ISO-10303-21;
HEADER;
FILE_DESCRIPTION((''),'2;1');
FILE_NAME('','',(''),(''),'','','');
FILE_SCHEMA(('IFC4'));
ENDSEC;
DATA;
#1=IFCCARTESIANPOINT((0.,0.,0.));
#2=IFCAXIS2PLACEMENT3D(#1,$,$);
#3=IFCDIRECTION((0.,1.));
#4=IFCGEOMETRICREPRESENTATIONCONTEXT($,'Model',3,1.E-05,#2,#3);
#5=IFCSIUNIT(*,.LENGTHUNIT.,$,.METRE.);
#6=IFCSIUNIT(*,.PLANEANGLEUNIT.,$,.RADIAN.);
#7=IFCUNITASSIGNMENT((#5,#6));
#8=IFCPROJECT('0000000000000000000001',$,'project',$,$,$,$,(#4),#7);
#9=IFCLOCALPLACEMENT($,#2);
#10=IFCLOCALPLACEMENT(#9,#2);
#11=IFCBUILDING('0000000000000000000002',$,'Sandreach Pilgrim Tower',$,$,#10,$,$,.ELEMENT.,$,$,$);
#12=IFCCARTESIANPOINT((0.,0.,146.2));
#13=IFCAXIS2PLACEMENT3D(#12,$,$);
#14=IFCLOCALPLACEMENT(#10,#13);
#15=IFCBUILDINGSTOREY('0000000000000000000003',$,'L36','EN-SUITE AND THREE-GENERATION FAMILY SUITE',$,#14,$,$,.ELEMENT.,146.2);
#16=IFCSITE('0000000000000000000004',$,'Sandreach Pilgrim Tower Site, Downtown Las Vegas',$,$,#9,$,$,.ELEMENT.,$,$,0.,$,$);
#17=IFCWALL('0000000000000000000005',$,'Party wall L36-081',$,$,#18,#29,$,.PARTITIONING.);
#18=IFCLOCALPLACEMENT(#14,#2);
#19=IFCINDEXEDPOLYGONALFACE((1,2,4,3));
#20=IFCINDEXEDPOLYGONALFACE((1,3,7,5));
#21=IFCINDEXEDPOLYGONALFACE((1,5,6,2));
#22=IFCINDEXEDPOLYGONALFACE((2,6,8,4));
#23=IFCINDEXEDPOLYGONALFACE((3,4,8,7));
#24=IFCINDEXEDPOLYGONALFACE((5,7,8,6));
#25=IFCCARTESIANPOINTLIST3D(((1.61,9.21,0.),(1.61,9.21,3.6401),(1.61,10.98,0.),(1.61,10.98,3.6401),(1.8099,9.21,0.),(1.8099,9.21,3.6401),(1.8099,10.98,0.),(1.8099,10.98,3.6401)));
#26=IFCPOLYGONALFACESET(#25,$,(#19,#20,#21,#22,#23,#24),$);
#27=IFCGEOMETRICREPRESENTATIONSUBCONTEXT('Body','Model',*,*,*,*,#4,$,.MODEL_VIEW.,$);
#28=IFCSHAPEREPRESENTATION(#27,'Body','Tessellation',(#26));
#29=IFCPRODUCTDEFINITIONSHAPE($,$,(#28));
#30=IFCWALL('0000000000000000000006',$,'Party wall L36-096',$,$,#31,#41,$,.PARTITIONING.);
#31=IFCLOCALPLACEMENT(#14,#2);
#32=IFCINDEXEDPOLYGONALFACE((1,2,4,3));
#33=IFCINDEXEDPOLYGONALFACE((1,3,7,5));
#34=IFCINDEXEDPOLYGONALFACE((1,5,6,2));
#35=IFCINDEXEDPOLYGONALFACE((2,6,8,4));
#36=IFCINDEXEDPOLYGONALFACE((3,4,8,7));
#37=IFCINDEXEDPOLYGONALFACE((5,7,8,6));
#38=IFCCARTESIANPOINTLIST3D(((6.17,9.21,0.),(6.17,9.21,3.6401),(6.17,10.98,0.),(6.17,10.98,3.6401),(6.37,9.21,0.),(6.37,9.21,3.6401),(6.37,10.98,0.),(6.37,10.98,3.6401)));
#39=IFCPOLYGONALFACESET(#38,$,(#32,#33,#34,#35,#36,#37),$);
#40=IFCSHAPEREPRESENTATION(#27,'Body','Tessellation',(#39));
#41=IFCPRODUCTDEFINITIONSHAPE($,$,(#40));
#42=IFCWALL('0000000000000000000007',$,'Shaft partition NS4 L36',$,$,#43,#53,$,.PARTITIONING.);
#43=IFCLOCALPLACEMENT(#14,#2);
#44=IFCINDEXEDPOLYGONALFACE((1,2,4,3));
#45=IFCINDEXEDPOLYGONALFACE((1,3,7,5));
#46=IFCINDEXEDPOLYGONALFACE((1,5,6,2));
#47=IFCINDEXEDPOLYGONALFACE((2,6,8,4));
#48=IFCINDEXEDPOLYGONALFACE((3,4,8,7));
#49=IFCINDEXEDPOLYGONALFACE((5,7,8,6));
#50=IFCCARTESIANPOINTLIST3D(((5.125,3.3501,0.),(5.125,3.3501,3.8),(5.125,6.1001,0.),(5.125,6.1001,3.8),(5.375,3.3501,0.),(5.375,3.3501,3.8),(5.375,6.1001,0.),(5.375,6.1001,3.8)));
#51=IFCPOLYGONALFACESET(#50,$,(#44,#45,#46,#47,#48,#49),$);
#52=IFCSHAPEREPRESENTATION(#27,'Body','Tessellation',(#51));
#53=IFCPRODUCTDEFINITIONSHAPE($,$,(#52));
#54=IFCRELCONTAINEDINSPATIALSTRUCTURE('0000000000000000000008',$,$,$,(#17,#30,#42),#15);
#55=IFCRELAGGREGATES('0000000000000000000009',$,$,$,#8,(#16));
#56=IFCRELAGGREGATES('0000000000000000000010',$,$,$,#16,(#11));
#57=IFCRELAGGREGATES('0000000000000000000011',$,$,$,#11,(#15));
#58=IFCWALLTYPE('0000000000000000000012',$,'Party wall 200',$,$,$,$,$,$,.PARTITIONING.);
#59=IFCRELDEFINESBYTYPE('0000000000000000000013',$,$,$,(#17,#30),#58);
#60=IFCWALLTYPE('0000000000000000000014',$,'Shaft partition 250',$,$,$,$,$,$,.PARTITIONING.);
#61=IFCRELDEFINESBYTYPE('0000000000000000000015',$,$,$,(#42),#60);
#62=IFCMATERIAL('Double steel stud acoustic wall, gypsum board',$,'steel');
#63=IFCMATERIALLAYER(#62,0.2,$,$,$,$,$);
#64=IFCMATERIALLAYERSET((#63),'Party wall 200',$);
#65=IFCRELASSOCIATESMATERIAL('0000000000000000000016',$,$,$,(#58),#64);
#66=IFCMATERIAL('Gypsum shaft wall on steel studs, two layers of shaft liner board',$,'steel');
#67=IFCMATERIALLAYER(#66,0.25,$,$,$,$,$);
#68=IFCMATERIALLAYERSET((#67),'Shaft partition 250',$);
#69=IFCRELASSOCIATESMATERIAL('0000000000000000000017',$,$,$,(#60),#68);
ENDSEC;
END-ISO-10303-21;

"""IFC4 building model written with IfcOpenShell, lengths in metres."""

from ifc_helpers import new_model, si_unit, direction, frame, frame_2d, origin, place, context, subcontext, project, spatial, rectangle, extrude, material, layer, layer_set, type_object, element, save


model = new_model("IFC4")

# Units and contexts
model_context = context("Model", 3, precision=1e-05, world=origin(), true_north=direction((0.0, 1.0)))
body_context = subcontext(model_context, "Body", "Model", "MODEL_VIEW")
ifc_project = project(units=[si_unit("LENGTHUNIT", "METRE"), si_unit("PLANEANGLEUNIT", "RADIAN")], contexts=[model_context])

# Site, building, storey
site_placement = place(None, origin())
site = spatial("IfcSite", under=ifc_project, at=site_placement, Name="Sandreach Pilgrim Tower Site, Downtown Las Vegas", CompositionType="ELEMENT", RefElevation=0.0)
building_placement = place(site_placement, origin())
building = spatial("IfcBuilding", under=site, at=building_placement, Name="Sandreach Pilgrim Tower", CompositionType="ELEMENT")
storey_placement = place(building_placement, frame((0.0, 0.0, 146.2)))
storey = spatial("IfcBuildingStorey", under=building, at=storey_placement, Name="L36", Description="EN-SUITE AND THREE-GENERATION FAMILY SUITE", CompositionType="ELEMENT", Elevation=146.2)

# Walls
ifc_material_1 = material(Name="Double steel stud acoustic wall, gypsum board", Category="steel")
ifc_layer_1 = layer(ifc_material_1, 0.2)
ifc_layer_set_1 = layer_set([ifc_layer_1], Name="Party wall 200")
wall_type_1 = type_object("IfcWallType", Name="Party wall 200", PredefinedType="PARTITIONING", material=ifc_layer_set_1)
for number, where, z_axis, x_axis, name in (
    (1, (1.71, 10.98, 0.0), (0.0, 0.0, 1.0), (0.0, -1.0, 0.0), "Party wall L36-081"),
    (2, (6.27, 10.98, 0.0), (0.0, 0.0, 1.0), (0.0, -1.0, 0.0), "Party wall L36-096"),
):
    element("IfcWall", number, at=place(storey_placement, frame(where, z_axis=z_axis, x_axis=x_axis)), inside=storey, type_object=wall_type_1, Name=name, PredefinedType="PARTITIONING", context=body_context, shape_type="SweptSolid", body=[
        extrude(rectangle(XDim=1.77, YDim=0.2, at=frame_2d((0.885, 0.0))), origin(), (0.0, 0.0, 1.0), 3.6401),
    ])
ifc_material_2 = material(Name="Gypsum shaft wall on steel studs, two layers of shaft liner board", Category="steel")
ifc_layer_2 = layer(ifc_material_2, 0.25)
ifc_layer_set_2 = layer_set([ifc_layer_2], Name="Shaft partition 250")
wall_type_2 = type_object("IfcWallType", Name="Shaft partition 250", PredefinedType="PARTITIONING", material=ifc_layer_set_2)
wall_1_placement = place(storey_placement, frame((5.25, 3.3501, 0.0), z_axis=(0.0, 0.0, 1.0), x_axis=(0.0, 1.0, 0.0)))
element("IfcWall", 3, at=wall_1_placement, inside=storey, type_object=wall_type_2, Name="Shaft partition NS4 L36", PredefinedType="PARTITIONING", context=body_context, shape_type="SweptSolid", body=[
    extrude(rectangle(XDim=2.75, YDim=0.25, at=frame_2d((1.375, 0.0))), origin(), (0.0, 0.0, 1.0), 3.8),
])

save(model, "model.ifc")
